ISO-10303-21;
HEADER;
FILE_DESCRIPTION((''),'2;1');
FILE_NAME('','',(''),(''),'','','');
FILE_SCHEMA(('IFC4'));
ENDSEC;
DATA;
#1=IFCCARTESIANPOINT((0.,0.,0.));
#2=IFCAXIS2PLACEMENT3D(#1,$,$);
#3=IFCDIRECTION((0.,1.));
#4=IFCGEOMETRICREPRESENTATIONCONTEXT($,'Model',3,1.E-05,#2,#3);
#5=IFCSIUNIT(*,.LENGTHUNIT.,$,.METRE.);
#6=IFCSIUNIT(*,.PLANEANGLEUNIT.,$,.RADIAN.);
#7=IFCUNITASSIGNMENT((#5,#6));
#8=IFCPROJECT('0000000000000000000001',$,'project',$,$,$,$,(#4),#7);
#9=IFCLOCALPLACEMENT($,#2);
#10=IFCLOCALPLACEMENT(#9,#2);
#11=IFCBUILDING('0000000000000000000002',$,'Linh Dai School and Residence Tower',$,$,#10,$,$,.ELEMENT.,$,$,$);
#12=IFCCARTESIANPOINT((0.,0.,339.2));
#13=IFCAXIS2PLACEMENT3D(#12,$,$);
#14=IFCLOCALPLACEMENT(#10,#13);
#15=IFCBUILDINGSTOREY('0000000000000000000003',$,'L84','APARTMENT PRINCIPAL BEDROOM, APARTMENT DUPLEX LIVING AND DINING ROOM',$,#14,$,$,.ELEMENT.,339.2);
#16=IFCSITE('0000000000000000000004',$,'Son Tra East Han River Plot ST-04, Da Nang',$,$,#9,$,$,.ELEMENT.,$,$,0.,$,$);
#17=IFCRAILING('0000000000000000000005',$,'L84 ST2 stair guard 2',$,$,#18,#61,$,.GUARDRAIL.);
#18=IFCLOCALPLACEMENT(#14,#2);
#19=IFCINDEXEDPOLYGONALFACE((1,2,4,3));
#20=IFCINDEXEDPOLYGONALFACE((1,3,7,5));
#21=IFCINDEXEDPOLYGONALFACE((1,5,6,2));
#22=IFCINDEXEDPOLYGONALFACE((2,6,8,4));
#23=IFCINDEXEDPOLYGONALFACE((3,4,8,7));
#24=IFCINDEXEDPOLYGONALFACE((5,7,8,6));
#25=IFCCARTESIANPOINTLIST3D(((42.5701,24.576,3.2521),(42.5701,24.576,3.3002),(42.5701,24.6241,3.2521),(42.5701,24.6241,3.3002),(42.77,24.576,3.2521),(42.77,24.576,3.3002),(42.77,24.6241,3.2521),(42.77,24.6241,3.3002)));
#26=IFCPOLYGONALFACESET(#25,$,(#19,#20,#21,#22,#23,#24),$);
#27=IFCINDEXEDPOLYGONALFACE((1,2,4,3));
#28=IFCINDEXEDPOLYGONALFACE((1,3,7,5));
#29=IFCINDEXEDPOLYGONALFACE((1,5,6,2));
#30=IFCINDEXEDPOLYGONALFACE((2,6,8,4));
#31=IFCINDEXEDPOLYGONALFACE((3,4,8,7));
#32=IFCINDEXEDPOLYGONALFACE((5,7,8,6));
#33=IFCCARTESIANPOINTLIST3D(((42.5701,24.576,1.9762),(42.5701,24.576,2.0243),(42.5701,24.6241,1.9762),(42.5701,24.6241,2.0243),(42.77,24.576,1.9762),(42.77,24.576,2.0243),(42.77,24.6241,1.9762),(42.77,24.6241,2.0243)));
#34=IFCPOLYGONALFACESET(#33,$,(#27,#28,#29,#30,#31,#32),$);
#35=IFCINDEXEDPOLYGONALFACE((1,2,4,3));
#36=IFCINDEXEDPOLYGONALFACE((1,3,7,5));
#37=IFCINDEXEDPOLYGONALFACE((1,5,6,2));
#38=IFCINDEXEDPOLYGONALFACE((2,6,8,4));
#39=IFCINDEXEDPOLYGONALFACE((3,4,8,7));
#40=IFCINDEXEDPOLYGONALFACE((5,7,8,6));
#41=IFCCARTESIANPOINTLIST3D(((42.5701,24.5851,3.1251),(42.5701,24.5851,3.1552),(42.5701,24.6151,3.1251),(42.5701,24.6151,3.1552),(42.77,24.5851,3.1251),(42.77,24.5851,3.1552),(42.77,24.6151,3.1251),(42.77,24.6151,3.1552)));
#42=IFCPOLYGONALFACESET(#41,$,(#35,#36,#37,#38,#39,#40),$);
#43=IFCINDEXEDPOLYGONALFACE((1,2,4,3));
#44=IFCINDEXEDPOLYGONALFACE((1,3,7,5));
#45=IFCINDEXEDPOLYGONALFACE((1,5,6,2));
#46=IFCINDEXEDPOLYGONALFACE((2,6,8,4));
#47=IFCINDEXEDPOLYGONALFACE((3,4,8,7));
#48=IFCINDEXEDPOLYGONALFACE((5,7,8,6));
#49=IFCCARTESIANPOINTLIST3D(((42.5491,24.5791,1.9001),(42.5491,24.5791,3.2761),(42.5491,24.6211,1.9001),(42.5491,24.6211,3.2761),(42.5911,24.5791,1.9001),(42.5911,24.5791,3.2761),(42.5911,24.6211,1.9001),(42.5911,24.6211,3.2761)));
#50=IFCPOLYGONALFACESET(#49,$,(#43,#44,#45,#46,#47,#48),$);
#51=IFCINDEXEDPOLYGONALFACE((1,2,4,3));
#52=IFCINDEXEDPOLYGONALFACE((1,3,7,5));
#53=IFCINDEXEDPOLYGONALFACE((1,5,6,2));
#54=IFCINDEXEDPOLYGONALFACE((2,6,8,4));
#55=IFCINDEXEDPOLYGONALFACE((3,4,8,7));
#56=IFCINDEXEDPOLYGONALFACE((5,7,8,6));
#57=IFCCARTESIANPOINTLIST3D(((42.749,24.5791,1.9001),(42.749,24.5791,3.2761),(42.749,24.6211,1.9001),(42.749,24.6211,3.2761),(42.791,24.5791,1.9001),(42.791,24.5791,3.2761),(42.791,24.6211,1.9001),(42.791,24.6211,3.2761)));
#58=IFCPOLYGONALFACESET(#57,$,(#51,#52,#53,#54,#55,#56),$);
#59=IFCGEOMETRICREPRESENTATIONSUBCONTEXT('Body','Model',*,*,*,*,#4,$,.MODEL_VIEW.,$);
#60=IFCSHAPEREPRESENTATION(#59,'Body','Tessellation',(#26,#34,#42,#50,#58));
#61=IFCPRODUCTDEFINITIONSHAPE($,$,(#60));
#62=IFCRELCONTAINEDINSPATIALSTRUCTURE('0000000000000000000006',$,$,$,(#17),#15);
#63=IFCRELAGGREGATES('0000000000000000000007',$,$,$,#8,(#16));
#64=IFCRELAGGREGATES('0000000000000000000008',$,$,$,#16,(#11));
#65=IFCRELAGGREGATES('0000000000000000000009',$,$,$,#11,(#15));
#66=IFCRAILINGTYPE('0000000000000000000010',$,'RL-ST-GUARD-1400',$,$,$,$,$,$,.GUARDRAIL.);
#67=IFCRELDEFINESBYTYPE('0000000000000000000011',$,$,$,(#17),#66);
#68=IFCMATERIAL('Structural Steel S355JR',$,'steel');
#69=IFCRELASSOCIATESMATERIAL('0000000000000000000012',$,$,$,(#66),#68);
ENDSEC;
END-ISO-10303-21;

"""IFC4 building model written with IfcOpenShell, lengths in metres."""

from ifc_helpers import new_model, si_unit, direction, frame, origin, origin_2d, place, context, subcontext, project, spatial, rectangle, extrude, source, transform, mapped, material, type_object, element, save


model = new_model("IFC4")

# Units and contexts
model_context = context("Model", 3, precision=1e-05, world=origin(), true_north=direction((0.0, 1.0)))
body_context = subcontext(model_context, "Body", "Model", "MODEL_VIEW")
ifc_project = project(units=[si_unit("LENGTHUNIT", "METRE"), si_unit("PLANEANGLEUNIT", "RADIAN")], contexts=[model_context])

# Site, building, storey
site_placement = place(None, origin())
site = spatial("IfcSite", under=ifc_project, at=site_placement, Name="Son Tra East Han River Plot ST-04, Da Nang", CompositionType="ELEMENT", RefElevation=0.0)
building_placement = place(site_placement, origin())
building = spatial("IfcBuilding", under=site, at=building_placement, Name="Linh Dai School and Residence Tower", CompositionType="ELEMENT")
storey_placement = place(building_placement, frame((0.0, 0.0, 339.2)))
storey = spatial("IfcBuildingStorey", under=building, at=storey_placement, Name="L84", Description="APARTMENT PRINCIPAL BEDROOM, APARTMENT DUPLEX LIVING AND DINING ROOM", CompositionType="ELEMENT", Elevation=339.2)

# Shared definitions
ifc_material_1 = material(Name="Structural Steel S355JR", Category="steel")

# Railing
railing_type_1 = type_object("IfcRailingType", Name="RL-ST-GUARD-1400", PredefinedType="GUARDRAIL", material=ifc_material_1)
shared_shape_1 = source(origin(), body_context, "Body", "SweptSolid", [
    extrude(rectangle(XDim=0.0481, YDim=0.0481, at=origin_2d()), frame((0.0, 0.0, 1.376), z_axis=(1.0, 0.0, 0.0), x_axis=(0.0, 1.0, 0.0)), (0.0, 0.0, 1.0), 0.2),
    extrude(rectangle(XDim=0.0481, YDim=0.0481, at=origin_2d()), frame((0.0, 0.0, 0.1001), z_axis=(1.0, 0.0, 0.0), x_axis=(0.0, 1.0, 0.0)), (0.0, 0.0, 1.0), 0.2),
    extrude(rectangle(XDim=0.03, YDim=0.03, at=origin_2d()), frame((0.0, 0.0, 1.24), z_axis=(1.0, 0.0, 0.0), x_axis=(0.0, 1.0, 0.0)), (0.0, 0.0, 1.0), 0.2),
    extrude(rectangle(XDim=0.042, YDim=0.042, at=origin_2d()), origin(), (0.0, 0.0, 1.0), 1.376),
    extrude(rectangle(XDim=0.042, YDim=0.042, at=origin_2d()), frame((0.2, 0.0, 0.0)), (0.0, 0.0, 1.0), 1.376),
])
railing_1_placement = place(storey_placement, frame((42.5701, 24.6001, 1.9001)))
element("IfcRailing", 1, at=railing_1_placement, inside=storey, type_object=railing_type_1, Name="L84 ST2 stair guard 2", PredefinedType="GUARDRAIL", context=body_context, shape_type="MappedRepresentation", body=[
    mapped(shared_shape_1, transform((0.0, 0.0, 0.0), x_axis=(1.0, 0.0, 0.0), y_axis=(0.0, 1.0, 0.0), z_axis=(0.0, 0.0, 1.0), scale=1.0)),
])

save(model, "model.ifc")
